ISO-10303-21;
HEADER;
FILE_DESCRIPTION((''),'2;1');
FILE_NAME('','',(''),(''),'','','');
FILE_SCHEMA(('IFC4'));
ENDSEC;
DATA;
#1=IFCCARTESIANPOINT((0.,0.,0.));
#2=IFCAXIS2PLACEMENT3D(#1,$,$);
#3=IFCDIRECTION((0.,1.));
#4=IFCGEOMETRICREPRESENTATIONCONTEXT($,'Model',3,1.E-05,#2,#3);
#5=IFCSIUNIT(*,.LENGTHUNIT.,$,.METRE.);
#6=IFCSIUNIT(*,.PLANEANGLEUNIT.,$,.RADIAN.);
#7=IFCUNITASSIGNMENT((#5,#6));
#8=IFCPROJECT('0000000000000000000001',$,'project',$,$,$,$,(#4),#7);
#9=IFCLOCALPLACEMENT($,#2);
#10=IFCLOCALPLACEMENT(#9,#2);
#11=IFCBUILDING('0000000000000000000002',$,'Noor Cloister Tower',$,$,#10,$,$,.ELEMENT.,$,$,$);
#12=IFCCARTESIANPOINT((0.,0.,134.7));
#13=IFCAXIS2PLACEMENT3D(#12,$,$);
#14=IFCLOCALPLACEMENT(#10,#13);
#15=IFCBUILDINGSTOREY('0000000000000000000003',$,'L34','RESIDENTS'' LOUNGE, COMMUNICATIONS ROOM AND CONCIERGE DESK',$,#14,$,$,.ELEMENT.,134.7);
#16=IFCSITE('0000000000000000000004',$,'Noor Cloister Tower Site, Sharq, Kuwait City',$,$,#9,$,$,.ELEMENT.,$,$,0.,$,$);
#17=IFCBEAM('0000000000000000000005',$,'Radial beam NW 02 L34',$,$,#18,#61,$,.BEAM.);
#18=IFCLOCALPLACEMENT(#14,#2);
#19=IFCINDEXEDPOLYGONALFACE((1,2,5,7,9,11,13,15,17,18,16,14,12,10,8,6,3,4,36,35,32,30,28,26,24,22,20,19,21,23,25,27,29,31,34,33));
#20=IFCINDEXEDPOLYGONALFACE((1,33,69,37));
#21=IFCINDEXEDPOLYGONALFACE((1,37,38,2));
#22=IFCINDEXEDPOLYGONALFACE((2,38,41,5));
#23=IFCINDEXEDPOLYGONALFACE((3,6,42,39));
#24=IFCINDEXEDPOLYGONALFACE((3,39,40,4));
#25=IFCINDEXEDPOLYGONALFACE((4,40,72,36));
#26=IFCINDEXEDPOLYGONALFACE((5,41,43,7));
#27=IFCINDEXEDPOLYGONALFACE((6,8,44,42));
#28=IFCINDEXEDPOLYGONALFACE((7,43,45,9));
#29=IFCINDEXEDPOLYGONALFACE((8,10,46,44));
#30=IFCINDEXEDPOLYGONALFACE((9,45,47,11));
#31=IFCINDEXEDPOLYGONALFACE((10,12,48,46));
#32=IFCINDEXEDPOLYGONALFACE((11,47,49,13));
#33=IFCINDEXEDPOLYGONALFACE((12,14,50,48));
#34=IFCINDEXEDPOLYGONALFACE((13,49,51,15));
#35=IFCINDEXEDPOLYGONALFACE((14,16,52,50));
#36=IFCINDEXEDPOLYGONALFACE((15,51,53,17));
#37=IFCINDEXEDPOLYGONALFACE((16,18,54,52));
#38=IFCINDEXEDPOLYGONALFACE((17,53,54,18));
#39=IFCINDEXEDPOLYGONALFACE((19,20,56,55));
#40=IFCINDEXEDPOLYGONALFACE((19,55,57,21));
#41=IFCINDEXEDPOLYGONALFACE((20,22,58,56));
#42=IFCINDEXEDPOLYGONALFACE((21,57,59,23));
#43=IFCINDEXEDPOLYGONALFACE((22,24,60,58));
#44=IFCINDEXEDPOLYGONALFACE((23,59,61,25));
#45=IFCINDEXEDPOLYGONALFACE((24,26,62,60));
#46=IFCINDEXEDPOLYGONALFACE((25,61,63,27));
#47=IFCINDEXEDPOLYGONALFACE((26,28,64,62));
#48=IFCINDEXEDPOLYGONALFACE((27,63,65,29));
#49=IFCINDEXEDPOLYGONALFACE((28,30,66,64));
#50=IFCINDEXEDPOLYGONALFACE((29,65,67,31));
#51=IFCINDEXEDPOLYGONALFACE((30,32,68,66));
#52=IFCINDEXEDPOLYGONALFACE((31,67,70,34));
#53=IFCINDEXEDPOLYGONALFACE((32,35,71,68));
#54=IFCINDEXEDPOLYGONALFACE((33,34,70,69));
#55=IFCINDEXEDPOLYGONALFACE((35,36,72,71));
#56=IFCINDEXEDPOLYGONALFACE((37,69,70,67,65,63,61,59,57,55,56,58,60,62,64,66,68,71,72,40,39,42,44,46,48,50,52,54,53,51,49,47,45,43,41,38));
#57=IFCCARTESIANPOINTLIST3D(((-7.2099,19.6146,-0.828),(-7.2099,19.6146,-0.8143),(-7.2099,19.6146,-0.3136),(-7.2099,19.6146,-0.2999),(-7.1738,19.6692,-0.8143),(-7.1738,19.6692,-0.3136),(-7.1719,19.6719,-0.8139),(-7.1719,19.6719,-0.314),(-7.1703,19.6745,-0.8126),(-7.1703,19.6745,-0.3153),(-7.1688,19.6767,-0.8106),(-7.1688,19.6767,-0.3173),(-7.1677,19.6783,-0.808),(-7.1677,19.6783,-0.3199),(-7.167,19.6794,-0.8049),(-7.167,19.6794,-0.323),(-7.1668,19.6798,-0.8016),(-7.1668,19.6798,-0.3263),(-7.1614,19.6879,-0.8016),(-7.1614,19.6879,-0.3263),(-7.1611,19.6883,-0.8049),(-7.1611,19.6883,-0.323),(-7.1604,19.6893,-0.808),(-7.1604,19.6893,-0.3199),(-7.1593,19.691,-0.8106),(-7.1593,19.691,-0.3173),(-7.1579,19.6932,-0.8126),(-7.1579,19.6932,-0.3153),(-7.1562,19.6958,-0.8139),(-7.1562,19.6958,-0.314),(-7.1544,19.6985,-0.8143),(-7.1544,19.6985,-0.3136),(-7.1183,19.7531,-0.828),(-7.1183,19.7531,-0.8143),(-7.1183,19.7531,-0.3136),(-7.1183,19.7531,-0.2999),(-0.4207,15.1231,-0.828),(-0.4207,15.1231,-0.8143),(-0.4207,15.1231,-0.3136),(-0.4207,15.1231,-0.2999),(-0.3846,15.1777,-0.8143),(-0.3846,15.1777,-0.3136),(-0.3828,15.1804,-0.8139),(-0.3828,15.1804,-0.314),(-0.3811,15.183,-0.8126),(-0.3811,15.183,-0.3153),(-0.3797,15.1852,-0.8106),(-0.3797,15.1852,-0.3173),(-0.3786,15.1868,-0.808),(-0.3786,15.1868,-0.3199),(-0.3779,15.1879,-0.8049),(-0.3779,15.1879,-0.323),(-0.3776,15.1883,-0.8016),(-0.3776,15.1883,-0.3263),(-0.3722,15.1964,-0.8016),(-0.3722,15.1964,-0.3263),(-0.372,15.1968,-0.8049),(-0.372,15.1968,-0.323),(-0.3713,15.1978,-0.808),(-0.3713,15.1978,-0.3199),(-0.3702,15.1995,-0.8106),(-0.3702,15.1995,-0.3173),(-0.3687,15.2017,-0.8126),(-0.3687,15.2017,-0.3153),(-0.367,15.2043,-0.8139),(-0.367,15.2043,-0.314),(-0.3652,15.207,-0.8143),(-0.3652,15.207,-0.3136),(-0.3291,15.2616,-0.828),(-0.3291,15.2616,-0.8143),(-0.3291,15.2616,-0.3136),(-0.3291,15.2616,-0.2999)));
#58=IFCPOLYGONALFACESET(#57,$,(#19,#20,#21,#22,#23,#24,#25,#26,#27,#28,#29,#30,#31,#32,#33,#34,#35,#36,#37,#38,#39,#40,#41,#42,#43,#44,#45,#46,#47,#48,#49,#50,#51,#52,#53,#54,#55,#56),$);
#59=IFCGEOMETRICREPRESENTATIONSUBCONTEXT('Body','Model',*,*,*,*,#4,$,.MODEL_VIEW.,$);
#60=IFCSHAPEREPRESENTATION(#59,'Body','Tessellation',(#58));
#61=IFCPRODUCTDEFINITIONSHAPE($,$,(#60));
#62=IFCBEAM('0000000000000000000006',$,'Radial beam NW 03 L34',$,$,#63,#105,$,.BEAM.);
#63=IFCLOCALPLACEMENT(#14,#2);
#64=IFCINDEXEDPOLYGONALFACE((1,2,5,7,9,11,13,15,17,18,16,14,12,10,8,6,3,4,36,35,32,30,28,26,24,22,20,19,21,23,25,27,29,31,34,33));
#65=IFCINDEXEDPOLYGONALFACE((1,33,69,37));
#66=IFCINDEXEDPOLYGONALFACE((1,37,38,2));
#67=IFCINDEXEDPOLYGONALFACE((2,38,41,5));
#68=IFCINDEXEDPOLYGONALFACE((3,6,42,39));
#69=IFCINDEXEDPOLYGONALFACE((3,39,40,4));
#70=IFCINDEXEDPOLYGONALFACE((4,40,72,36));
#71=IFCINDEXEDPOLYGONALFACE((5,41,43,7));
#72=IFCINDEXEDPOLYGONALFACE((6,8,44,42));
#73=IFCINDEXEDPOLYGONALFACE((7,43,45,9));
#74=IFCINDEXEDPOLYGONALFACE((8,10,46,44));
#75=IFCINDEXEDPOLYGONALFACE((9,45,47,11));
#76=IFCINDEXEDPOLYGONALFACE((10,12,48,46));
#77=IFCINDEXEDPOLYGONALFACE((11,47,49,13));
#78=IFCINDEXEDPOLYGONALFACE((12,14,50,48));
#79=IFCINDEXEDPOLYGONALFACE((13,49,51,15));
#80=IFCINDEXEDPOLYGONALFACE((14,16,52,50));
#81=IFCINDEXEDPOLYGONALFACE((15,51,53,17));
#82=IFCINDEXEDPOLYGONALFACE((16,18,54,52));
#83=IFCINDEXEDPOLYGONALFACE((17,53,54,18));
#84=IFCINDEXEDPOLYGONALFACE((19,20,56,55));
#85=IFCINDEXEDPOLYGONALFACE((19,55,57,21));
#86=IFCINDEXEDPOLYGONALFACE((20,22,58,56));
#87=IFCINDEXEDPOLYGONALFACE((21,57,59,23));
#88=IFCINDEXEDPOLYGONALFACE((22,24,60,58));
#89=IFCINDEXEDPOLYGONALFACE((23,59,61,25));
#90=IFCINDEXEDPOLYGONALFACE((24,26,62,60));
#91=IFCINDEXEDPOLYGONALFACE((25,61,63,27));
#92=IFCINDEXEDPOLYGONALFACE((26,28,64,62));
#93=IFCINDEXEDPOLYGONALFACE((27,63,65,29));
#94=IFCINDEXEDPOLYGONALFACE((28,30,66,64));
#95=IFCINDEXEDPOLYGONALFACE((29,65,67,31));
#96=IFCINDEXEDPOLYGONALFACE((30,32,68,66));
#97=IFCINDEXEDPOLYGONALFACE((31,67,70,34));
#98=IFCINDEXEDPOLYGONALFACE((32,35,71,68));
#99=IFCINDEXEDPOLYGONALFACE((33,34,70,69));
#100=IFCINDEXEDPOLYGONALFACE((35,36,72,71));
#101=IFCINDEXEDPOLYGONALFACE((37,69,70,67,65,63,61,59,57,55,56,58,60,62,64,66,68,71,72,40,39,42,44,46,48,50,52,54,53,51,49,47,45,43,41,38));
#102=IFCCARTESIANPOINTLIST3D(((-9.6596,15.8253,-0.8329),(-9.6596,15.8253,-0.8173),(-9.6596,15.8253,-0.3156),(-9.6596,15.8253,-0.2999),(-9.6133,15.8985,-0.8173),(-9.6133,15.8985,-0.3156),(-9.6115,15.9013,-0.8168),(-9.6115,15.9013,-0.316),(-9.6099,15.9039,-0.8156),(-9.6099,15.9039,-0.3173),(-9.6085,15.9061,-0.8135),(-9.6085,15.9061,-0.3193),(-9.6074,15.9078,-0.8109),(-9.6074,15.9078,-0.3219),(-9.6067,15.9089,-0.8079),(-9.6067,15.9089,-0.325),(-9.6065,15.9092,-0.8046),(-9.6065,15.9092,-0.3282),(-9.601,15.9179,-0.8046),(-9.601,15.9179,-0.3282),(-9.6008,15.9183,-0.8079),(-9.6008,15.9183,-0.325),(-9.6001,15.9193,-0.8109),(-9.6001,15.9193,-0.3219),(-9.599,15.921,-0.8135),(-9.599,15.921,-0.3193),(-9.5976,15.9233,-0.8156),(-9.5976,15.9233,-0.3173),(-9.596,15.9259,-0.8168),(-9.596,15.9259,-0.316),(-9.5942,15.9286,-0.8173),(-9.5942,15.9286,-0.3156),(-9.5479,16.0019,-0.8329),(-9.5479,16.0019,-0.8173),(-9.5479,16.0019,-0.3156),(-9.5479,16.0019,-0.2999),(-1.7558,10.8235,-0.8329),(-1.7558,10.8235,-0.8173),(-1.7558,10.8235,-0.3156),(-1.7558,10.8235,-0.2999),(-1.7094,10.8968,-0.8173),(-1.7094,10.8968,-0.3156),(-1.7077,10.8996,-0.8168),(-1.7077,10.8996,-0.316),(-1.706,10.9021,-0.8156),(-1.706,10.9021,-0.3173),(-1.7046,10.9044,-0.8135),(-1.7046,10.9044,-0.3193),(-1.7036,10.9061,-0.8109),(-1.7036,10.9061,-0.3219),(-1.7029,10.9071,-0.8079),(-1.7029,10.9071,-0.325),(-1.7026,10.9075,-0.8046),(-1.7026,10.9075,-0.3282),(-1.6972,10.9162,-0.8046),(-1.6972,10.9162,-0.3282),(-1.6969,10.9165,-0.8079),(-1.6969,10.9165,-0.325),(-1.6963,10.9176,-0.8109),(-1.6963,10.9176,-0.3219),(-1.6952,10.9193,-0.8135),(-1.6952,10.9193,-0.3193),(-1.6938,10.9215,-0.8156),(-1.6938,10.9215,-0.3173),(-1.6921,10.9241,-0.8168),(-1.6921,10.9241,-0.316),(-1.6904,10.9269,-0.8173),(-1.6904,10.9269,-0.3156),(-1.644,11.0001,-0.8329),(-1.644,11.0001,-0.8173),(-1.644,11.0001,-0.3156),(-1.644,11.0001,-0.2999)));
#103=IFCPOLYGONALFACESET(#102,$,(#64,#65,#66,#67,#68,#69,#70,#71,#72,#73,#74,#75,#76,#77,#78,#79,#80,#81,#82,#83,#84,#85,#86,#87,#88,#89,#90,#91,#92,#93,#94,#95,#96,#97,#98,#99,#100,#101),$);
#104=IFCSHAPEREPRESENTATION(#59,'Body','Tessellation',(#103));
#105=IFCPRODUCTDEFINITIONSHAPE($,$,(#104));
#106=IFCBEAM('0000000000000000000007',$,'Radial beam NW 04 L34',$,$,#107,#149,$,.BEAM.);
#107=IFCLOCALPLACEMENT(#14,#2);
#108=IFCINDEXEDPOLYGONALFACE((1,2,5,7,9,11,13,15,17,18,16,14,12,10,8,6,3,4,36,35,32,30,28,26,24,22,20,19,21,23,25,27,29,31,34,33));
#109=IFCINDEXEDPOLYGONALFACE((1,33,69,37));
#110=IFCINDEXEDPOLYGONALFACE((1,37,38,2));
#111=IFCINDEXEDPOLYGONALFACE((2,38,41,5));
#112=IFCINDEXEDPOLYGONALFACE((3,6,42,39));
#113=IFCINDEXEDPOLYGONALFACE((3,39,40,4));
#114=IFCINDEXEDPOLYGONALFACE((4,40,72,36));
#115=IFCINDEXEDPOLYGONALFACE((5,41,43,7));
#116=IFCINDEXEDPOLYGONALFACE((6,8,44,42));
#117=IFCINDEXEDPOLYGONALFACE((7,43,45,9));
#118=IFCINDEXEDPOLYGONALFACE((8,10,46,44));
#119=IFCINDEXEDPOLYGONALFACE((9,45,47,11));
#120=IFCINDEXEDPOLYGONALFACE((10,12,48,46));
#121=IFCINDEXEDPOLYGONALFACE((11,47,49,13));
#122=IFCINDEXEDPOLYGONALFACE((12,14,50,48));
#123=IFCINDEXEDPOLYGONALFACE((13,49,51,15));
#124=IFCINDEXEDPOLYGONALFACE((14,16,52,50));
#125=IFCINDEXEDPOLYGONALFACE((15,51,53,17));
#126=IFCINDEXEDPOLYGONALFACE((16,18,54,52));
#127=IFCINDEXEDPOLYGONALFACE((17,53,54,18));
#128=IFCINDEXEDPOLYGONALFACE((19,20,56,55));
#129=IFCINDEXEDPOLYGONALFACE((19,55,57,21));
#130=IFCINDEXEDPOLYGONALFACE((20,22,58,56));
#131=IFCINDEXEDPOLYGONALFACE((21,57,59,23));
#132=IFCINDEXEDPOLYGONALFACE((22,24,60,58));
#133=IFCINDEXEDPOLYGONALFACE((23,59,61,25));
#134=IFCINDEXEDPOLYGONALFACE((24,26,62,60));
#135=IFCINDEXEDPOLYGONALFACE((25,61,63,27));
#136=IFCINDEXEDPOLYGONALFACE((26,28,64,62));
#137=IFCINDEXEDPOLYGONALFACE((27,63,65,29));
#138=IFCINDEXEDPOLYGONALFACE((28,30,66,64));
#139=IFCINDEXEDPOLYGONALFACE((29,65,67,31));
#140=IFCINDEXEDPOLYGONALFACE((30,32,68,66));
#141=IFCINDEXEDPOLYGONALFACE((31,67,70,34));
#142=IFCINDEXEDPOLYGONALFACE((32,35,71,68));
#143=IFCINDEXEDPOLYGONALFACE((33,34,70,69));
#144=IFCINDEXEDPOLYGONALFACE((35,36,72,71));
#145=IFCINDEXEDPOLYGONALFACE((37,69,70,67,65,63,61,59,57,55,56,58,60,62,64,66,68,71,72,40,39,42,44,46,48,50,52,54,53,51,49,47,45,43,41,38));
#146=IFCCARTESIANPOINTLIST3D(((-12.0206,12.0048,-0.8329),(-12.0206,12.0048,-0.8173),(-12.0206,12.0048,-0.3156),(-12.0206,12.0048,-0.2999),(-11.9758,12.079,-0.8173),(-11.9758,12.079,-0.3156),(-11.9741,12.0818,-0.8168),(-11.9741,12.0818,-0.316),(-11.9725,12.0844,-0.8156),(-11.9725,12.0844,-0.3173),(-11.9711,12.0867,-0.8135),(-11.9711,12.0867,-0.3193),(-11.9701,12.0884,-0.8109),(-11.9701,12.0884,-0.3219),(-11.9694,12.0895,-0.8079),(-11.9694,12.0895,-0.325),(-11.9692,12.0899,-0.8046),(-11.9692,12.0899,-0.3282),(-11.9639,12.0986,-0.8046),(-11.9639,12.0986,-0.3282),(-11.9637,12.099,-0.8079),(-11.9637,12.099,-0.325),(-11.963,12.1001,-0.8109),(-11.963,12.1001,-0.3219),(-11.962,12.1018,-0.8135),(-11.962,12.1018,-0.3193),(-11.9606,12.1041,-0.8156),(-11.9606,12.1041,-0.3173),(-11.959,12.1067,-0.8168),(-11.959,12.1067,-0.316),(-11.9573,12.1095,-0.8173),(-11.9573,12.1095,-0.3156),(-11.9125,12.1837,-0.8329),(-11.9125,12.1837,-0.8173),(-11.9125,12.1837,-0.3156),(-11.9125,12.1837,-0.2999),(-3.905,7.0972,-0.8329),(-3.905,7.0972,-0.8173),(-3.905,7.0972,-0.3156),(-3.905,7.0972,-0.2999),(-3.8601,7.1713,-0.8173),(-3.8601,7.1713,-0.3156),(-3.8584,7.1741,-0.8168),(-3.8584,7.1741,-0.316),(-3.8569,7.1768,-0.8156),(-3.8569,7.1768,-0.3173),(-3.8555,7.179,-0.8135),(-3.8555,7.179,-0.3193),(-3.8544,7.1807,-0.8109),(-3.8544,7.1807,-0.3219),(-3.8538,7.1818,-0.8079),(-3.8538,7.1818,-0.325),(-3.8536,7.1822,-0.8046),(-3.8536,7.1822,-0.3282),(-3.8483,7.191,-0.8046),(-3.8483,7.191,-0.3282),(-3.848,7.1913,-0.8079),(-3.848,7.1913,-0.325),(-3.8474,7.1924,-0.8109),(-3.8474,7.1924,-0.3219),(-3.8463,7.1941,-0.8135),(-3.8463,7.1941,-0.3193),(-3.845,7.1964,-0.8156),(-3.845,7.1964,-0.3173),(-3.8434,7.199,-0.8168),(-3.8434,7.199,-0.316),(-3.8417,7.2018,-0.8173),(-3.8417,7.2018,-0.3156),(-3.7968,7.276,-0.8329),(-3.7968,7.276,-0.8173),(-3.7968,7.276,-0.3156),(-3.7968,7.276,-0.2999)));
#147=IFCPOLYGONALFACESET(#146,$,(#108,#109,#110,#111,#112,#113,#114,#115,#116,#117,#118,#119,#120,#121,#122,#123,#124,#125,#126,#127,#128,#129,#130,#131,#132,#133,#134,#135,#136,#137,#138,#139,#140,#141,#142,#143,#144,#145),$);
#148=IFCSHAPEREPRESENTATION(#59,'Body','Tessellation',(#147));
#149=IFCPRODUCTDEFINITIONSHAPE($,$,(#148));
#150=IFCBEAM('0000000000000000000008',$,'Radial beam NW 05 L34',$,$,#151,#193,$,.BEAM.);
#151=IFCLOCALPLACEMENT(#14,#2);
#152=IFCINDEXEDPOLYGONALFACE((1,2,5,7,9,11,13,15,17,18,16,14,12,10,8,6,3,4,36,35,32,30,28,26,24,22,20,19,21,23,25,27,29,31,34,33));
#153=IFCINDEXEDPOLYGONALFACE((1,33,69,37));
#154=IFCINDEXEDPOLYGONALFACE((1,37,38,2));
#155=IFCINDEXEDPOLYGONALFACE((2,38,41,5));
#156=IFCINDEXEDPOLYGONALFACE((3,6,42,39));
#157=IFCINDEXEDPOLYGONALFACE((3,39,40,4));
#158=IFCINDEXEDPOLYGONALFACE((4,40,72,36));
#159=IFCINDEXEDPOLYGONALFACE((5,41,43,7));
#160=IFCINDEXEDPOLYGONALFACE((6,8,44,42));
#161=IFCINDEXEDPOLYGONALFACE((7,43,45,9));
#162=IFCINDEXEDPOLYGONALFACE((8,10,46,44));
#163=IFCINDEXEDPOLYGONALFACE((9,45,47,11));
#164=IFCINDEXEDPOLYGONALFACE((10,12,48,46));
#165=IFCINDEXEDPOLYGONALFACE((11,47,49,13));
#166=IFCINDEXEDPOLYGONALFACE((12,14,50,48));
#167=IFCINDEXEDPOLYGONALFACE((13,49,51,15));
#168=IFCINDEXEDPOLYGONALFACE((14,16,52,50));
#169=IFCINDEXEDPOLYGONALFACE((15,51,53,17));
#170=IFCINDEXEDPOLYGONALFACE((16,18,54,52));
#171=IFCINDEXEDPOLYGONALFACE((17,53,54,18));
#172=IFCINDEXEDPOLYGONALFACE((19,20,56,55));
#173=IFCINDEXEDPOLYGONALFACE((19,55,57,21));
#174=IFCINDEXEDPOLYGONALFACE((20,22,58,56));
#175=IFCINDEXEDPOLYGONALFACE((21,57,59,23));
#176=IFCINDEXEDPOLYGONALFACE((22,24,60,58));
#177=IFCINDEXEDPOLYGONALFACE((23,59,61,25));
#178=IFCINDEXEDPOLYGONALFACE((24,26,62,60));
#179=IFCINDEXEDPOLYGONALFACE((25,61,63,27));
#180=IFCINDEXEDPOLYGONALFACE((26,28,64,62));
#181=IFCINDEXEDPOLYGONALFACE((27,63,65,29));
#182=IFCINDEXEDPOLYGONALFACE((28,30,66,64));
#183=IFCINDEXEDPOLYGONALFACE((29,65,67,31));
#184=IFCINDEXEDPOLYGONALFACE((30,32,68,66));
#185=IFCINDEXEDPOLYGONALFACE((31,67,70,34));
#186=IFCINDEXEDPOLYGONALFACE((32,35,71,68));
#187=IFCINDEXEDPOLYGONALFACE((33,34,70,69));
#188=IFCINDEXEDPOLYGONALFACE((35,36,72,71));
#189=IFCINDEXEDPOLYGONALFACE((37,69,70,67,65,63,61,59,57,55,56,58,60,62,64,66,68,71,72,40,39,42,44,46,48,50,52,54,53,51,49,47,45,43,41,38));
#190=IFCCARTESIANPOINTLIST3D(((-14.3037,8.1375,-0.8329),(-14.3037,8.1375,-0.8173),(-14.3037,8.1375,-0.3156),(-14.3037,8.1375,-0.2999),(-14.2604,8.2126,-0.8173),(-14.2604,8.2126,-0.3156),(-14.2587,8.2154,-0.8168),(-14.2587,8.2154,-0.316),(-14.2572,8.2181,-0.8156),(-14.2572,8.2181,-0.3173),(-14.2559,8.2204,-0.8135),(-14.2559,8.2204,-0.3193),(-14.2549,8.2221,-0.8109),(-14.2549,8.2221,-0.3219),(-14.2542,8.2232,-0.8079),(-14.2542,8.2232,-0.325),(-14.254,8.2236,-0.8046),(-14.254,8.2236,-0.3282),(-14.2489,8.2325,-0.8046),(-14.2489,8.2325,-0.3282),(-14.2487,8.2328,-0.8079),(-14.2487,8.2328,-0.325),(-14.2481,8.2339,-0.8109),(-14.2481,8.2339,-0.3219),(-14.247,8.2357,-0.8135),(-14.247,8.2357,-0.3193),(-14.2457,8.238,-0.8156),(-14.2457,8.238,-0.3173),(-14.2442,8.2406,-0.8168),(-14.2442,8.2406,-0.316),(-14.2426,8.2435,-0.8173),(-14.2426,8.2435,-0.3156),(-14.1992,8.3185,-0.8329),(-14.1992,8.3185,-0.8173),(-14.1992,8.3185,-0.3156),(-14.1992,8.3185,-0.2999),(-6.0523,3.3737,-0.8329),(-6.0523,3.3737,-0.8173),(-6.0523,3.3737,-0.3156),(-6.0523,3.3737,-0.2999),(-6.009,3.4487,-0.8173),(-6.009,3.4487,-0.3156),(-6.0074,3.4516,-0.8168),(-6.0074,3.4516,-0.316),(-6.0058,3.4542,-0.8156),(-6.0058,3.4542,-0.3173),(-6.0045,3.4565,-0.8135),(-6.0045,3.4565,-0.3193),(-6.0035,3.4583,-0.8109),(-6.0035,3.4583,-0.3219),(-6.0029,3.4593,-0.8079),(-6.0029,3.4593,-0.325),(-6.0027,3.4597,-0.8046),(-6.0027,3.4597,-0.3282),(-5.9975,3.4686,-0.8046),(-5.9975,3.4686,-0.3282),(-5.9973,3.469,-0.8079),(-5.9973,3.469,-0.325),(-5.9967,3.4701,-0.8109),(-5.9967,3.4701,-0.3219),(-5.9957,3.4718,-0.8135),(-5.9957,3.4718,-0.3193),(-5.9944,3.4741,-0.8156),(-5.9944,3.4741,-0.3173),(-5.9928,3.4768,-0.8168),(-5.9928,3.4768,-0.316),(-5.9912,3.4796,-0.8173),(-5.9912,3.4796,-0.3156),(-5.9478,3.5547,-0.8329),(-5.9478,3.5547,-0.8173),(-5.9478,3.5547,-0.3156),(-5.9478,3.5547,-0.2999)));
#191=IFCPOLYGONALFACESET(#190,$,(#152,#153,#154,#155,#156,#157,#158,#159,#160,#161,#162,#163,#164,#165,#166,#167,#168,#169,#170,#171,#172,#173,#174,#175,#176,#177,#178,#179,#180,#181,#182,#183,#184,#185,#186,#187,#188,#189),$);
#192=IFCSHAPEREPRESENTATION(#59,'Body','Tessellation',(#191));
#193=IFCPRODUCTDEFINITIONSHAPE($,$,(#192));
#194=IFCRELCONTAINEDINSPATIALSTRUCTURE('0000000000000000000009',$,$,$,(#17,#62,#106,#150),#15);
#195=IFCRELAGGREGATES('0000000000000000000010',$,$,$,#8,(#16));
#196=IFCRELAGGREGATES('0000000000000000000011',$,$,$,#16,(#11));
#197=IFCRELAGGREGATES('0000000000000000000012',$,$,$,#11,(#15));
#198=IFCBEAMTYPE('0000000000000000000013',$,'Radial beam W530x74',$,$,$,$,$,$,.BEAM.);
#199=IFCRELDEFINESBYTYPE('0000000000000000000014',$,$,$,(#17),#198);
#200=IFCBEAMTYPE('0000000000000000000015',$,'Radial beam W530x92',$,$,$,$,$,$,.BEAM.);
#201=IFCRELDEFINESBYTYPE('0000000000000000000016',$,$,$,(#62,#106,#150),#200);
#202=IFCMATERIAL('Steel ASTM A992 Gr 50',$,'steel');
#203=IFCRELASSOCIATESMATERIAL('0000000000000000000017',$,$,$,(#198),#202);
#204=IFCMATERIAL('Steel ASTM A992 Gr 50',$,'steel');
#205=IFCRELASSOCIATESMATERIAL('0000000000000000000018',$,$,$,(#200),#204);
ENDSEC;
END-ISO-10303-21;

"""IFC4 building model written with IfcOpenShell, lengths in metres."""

from ifc_helpers import new_model, si_unit, direction, frame, origin, origin_2d, place, context, subcontext, project, spatial, i_section, extrude, material, material_profile, profile_set, type_object, element, save


model = new_model("IFC4")

# Units and contexts
model_context = context("Model", 3, precision=1e-05, world=origin(), true_north=direction((0.0, 1.0)))
body_context = subcontext(model_context, "Body", "Model", "MODEL_VIEW")
ifc_project = project(units=[si_unit("LENGTHUNIT", "METRE"), si_unit("PLANEANGLEUNIT", "RADIAN")], contexts=[model_context])

# Site, building, storey
site_placement = place(None, origin())
site = spatial("IfcSite", under=ifc_project, at=site_placement, Name="Noor Cloister Tower Site, Sharq, Kuwait City", CompositionType="ELEMENT", RefElevation=0.0)
building_placement = place(site_placement, origin())
building = spatial("IfcBuilding", under=site, at=building_placement, Name="Noor Cloister Tower", CompositionType="ELEMENT")
storey_placement = place(building_placement, frame((0.0, 0.0, 134.7)))
storey = spatial("IfcBuildingStorey", under=building, at=storey_placement, Name="L34", Description="RESIDENTS' LOUNGE, COMMUNICATIONS ROOM AND CONCIERGE DESK", CompositionType="ELEMENT", Elevation=134.7)

# Beams
ifc_material_1 = material(Name="Steel ASTM A992 Gr 50", Category="steel")
ifc_material_profile_1 = material_profile(ifc_material_1, i_section(OverallWidth=0.166, OverallDepth=0.5281, WebThickness=0.0098, FlangeThickness=0.0137, FilletRadius=0.0127, at=origin_2d()), Name="W530x74")
ifc_profile_set_1 = profile_set([ifc_material_profile_1], Name="Steel ASTM A992 Gr 50")
beam_type_1 = type_object("IfcBeamType", Name="Radial beam W530x74", PredefinedType="BEAM", material=ifc_profile_set_1)
beam_1_placement = place(storey_placement, frame((-7.1641, 19.6838, -0.564), z_axis=(0.834006, -0.551755, 0.0), x_axis=(0.551755, 0.834006, 0.0)))
element("IfcBeam", 1, at=beam_1_placement, inside=storey, type_object=beam_type_1, Name="Radial beam NW 02 L34", PredefinedType="BEAM", context=body_context, shape_type="SweptSolid", body=[
    extrude(i_section(OverallWidth=0.166, OverallDepth=0.5281, WebThickness=0.0098, FlangeThickness=0.0137, FilletRadius=0.0127, at=origin_2d()), origin(), (0.0, 0.0, 1.0), 8.1404),
])
ifc_material_2 = material(Name="Steel ASTM A992 Gr 50", Category="steel")
ifc_material_profile_2 = material_profile(ifc_material_2, i_section(OverallWidth=0.209, OverallDepth=0.533, WebThickness=0.0103, FlangeThickness=0.0156, FilletRadius=0.0127, at=origin_2d()), Name="W530x92")
ifc_profile_set_2 = profile_set([ifc_material_profile_2], Name="Steel ASTM A992 Gr 50")
beam_type_2 = type_object("IfcBeamType", Name="Radial beam W530x92", PredefinedType="BEAM", material=ifc_profile_set_2)
beam_2_placement = place(storey_placement, frame((-9.6038, 15.9136, -0.5664), z_axis=(0.845014, -0.534744, 0.0), x_axis=(0.534744, 0.845014, 0.0)))
element("IfcBeam", 2, at=beam_2_placement, inside=storey, type_object=beam_type_2, Name="Radial beam NW 03 L34", PredefinedType="BEAM", context=body_context, shape_type="SweptSolid", body=[
    extrude(i_section(OverallWidth=0.209, OverallDepth=0.533, WebThickness=0.0103, FlangeThickness=0.0156, FilletRadius=0.0127, at=origin_2d()), origin(), (0.0, 0.0, 1.0), 9.3535),
])
beam_3_placement = place(storey_placement, frame((-11.9666, 12.0942, -0.5664), z_axis=(0.855707, -0.517461, 0.0), x_axis=(0.517461, 0.855707, 0.0)))
element("IfcBeam", 3, at=beam_3_placement, inside=storey, type_object=beam_type_2, Name="Radial beam NW 04 L34", PredefinedType="BEAM", context=body_context, shape_type="SweptSolid", body=[
    extrude(i_section(OverallWidth=0.209, OverallDepth=0.533, WebThickness=0.0103, FlangeThickness=0.0156, FilletRadius=0.0127, at=origin_2d()), origin(), (0.0, 0.0, 1.0), 9.4841),
])
beam_4_placement = place(storey_placement, frame((-14.2515, 8.228, -0.5664), z_axis=(0.866029, -0.499995, 0.0), x_axis=(0.499995, 0.866029, 0.0)))
element("IfcBeam", 4, at=beam_4_placement, inside=storey, type_object=beam_type_2, Name="Radial beam NW 05 L34", PredefinedType="BEAM", context=body_context, shape_type="SweptSolid", body=[
    extrude(i_section(OverallWidth=0.209, OverallDepth=0.533, WebThickness=0.0103, FlangeThickness=0.0156, FilletRadius=0.0127, at=origin_2d()), origin(), (0.0, 0.0, 1.0), 9.5278),
])

save(model, "model.ifc")
